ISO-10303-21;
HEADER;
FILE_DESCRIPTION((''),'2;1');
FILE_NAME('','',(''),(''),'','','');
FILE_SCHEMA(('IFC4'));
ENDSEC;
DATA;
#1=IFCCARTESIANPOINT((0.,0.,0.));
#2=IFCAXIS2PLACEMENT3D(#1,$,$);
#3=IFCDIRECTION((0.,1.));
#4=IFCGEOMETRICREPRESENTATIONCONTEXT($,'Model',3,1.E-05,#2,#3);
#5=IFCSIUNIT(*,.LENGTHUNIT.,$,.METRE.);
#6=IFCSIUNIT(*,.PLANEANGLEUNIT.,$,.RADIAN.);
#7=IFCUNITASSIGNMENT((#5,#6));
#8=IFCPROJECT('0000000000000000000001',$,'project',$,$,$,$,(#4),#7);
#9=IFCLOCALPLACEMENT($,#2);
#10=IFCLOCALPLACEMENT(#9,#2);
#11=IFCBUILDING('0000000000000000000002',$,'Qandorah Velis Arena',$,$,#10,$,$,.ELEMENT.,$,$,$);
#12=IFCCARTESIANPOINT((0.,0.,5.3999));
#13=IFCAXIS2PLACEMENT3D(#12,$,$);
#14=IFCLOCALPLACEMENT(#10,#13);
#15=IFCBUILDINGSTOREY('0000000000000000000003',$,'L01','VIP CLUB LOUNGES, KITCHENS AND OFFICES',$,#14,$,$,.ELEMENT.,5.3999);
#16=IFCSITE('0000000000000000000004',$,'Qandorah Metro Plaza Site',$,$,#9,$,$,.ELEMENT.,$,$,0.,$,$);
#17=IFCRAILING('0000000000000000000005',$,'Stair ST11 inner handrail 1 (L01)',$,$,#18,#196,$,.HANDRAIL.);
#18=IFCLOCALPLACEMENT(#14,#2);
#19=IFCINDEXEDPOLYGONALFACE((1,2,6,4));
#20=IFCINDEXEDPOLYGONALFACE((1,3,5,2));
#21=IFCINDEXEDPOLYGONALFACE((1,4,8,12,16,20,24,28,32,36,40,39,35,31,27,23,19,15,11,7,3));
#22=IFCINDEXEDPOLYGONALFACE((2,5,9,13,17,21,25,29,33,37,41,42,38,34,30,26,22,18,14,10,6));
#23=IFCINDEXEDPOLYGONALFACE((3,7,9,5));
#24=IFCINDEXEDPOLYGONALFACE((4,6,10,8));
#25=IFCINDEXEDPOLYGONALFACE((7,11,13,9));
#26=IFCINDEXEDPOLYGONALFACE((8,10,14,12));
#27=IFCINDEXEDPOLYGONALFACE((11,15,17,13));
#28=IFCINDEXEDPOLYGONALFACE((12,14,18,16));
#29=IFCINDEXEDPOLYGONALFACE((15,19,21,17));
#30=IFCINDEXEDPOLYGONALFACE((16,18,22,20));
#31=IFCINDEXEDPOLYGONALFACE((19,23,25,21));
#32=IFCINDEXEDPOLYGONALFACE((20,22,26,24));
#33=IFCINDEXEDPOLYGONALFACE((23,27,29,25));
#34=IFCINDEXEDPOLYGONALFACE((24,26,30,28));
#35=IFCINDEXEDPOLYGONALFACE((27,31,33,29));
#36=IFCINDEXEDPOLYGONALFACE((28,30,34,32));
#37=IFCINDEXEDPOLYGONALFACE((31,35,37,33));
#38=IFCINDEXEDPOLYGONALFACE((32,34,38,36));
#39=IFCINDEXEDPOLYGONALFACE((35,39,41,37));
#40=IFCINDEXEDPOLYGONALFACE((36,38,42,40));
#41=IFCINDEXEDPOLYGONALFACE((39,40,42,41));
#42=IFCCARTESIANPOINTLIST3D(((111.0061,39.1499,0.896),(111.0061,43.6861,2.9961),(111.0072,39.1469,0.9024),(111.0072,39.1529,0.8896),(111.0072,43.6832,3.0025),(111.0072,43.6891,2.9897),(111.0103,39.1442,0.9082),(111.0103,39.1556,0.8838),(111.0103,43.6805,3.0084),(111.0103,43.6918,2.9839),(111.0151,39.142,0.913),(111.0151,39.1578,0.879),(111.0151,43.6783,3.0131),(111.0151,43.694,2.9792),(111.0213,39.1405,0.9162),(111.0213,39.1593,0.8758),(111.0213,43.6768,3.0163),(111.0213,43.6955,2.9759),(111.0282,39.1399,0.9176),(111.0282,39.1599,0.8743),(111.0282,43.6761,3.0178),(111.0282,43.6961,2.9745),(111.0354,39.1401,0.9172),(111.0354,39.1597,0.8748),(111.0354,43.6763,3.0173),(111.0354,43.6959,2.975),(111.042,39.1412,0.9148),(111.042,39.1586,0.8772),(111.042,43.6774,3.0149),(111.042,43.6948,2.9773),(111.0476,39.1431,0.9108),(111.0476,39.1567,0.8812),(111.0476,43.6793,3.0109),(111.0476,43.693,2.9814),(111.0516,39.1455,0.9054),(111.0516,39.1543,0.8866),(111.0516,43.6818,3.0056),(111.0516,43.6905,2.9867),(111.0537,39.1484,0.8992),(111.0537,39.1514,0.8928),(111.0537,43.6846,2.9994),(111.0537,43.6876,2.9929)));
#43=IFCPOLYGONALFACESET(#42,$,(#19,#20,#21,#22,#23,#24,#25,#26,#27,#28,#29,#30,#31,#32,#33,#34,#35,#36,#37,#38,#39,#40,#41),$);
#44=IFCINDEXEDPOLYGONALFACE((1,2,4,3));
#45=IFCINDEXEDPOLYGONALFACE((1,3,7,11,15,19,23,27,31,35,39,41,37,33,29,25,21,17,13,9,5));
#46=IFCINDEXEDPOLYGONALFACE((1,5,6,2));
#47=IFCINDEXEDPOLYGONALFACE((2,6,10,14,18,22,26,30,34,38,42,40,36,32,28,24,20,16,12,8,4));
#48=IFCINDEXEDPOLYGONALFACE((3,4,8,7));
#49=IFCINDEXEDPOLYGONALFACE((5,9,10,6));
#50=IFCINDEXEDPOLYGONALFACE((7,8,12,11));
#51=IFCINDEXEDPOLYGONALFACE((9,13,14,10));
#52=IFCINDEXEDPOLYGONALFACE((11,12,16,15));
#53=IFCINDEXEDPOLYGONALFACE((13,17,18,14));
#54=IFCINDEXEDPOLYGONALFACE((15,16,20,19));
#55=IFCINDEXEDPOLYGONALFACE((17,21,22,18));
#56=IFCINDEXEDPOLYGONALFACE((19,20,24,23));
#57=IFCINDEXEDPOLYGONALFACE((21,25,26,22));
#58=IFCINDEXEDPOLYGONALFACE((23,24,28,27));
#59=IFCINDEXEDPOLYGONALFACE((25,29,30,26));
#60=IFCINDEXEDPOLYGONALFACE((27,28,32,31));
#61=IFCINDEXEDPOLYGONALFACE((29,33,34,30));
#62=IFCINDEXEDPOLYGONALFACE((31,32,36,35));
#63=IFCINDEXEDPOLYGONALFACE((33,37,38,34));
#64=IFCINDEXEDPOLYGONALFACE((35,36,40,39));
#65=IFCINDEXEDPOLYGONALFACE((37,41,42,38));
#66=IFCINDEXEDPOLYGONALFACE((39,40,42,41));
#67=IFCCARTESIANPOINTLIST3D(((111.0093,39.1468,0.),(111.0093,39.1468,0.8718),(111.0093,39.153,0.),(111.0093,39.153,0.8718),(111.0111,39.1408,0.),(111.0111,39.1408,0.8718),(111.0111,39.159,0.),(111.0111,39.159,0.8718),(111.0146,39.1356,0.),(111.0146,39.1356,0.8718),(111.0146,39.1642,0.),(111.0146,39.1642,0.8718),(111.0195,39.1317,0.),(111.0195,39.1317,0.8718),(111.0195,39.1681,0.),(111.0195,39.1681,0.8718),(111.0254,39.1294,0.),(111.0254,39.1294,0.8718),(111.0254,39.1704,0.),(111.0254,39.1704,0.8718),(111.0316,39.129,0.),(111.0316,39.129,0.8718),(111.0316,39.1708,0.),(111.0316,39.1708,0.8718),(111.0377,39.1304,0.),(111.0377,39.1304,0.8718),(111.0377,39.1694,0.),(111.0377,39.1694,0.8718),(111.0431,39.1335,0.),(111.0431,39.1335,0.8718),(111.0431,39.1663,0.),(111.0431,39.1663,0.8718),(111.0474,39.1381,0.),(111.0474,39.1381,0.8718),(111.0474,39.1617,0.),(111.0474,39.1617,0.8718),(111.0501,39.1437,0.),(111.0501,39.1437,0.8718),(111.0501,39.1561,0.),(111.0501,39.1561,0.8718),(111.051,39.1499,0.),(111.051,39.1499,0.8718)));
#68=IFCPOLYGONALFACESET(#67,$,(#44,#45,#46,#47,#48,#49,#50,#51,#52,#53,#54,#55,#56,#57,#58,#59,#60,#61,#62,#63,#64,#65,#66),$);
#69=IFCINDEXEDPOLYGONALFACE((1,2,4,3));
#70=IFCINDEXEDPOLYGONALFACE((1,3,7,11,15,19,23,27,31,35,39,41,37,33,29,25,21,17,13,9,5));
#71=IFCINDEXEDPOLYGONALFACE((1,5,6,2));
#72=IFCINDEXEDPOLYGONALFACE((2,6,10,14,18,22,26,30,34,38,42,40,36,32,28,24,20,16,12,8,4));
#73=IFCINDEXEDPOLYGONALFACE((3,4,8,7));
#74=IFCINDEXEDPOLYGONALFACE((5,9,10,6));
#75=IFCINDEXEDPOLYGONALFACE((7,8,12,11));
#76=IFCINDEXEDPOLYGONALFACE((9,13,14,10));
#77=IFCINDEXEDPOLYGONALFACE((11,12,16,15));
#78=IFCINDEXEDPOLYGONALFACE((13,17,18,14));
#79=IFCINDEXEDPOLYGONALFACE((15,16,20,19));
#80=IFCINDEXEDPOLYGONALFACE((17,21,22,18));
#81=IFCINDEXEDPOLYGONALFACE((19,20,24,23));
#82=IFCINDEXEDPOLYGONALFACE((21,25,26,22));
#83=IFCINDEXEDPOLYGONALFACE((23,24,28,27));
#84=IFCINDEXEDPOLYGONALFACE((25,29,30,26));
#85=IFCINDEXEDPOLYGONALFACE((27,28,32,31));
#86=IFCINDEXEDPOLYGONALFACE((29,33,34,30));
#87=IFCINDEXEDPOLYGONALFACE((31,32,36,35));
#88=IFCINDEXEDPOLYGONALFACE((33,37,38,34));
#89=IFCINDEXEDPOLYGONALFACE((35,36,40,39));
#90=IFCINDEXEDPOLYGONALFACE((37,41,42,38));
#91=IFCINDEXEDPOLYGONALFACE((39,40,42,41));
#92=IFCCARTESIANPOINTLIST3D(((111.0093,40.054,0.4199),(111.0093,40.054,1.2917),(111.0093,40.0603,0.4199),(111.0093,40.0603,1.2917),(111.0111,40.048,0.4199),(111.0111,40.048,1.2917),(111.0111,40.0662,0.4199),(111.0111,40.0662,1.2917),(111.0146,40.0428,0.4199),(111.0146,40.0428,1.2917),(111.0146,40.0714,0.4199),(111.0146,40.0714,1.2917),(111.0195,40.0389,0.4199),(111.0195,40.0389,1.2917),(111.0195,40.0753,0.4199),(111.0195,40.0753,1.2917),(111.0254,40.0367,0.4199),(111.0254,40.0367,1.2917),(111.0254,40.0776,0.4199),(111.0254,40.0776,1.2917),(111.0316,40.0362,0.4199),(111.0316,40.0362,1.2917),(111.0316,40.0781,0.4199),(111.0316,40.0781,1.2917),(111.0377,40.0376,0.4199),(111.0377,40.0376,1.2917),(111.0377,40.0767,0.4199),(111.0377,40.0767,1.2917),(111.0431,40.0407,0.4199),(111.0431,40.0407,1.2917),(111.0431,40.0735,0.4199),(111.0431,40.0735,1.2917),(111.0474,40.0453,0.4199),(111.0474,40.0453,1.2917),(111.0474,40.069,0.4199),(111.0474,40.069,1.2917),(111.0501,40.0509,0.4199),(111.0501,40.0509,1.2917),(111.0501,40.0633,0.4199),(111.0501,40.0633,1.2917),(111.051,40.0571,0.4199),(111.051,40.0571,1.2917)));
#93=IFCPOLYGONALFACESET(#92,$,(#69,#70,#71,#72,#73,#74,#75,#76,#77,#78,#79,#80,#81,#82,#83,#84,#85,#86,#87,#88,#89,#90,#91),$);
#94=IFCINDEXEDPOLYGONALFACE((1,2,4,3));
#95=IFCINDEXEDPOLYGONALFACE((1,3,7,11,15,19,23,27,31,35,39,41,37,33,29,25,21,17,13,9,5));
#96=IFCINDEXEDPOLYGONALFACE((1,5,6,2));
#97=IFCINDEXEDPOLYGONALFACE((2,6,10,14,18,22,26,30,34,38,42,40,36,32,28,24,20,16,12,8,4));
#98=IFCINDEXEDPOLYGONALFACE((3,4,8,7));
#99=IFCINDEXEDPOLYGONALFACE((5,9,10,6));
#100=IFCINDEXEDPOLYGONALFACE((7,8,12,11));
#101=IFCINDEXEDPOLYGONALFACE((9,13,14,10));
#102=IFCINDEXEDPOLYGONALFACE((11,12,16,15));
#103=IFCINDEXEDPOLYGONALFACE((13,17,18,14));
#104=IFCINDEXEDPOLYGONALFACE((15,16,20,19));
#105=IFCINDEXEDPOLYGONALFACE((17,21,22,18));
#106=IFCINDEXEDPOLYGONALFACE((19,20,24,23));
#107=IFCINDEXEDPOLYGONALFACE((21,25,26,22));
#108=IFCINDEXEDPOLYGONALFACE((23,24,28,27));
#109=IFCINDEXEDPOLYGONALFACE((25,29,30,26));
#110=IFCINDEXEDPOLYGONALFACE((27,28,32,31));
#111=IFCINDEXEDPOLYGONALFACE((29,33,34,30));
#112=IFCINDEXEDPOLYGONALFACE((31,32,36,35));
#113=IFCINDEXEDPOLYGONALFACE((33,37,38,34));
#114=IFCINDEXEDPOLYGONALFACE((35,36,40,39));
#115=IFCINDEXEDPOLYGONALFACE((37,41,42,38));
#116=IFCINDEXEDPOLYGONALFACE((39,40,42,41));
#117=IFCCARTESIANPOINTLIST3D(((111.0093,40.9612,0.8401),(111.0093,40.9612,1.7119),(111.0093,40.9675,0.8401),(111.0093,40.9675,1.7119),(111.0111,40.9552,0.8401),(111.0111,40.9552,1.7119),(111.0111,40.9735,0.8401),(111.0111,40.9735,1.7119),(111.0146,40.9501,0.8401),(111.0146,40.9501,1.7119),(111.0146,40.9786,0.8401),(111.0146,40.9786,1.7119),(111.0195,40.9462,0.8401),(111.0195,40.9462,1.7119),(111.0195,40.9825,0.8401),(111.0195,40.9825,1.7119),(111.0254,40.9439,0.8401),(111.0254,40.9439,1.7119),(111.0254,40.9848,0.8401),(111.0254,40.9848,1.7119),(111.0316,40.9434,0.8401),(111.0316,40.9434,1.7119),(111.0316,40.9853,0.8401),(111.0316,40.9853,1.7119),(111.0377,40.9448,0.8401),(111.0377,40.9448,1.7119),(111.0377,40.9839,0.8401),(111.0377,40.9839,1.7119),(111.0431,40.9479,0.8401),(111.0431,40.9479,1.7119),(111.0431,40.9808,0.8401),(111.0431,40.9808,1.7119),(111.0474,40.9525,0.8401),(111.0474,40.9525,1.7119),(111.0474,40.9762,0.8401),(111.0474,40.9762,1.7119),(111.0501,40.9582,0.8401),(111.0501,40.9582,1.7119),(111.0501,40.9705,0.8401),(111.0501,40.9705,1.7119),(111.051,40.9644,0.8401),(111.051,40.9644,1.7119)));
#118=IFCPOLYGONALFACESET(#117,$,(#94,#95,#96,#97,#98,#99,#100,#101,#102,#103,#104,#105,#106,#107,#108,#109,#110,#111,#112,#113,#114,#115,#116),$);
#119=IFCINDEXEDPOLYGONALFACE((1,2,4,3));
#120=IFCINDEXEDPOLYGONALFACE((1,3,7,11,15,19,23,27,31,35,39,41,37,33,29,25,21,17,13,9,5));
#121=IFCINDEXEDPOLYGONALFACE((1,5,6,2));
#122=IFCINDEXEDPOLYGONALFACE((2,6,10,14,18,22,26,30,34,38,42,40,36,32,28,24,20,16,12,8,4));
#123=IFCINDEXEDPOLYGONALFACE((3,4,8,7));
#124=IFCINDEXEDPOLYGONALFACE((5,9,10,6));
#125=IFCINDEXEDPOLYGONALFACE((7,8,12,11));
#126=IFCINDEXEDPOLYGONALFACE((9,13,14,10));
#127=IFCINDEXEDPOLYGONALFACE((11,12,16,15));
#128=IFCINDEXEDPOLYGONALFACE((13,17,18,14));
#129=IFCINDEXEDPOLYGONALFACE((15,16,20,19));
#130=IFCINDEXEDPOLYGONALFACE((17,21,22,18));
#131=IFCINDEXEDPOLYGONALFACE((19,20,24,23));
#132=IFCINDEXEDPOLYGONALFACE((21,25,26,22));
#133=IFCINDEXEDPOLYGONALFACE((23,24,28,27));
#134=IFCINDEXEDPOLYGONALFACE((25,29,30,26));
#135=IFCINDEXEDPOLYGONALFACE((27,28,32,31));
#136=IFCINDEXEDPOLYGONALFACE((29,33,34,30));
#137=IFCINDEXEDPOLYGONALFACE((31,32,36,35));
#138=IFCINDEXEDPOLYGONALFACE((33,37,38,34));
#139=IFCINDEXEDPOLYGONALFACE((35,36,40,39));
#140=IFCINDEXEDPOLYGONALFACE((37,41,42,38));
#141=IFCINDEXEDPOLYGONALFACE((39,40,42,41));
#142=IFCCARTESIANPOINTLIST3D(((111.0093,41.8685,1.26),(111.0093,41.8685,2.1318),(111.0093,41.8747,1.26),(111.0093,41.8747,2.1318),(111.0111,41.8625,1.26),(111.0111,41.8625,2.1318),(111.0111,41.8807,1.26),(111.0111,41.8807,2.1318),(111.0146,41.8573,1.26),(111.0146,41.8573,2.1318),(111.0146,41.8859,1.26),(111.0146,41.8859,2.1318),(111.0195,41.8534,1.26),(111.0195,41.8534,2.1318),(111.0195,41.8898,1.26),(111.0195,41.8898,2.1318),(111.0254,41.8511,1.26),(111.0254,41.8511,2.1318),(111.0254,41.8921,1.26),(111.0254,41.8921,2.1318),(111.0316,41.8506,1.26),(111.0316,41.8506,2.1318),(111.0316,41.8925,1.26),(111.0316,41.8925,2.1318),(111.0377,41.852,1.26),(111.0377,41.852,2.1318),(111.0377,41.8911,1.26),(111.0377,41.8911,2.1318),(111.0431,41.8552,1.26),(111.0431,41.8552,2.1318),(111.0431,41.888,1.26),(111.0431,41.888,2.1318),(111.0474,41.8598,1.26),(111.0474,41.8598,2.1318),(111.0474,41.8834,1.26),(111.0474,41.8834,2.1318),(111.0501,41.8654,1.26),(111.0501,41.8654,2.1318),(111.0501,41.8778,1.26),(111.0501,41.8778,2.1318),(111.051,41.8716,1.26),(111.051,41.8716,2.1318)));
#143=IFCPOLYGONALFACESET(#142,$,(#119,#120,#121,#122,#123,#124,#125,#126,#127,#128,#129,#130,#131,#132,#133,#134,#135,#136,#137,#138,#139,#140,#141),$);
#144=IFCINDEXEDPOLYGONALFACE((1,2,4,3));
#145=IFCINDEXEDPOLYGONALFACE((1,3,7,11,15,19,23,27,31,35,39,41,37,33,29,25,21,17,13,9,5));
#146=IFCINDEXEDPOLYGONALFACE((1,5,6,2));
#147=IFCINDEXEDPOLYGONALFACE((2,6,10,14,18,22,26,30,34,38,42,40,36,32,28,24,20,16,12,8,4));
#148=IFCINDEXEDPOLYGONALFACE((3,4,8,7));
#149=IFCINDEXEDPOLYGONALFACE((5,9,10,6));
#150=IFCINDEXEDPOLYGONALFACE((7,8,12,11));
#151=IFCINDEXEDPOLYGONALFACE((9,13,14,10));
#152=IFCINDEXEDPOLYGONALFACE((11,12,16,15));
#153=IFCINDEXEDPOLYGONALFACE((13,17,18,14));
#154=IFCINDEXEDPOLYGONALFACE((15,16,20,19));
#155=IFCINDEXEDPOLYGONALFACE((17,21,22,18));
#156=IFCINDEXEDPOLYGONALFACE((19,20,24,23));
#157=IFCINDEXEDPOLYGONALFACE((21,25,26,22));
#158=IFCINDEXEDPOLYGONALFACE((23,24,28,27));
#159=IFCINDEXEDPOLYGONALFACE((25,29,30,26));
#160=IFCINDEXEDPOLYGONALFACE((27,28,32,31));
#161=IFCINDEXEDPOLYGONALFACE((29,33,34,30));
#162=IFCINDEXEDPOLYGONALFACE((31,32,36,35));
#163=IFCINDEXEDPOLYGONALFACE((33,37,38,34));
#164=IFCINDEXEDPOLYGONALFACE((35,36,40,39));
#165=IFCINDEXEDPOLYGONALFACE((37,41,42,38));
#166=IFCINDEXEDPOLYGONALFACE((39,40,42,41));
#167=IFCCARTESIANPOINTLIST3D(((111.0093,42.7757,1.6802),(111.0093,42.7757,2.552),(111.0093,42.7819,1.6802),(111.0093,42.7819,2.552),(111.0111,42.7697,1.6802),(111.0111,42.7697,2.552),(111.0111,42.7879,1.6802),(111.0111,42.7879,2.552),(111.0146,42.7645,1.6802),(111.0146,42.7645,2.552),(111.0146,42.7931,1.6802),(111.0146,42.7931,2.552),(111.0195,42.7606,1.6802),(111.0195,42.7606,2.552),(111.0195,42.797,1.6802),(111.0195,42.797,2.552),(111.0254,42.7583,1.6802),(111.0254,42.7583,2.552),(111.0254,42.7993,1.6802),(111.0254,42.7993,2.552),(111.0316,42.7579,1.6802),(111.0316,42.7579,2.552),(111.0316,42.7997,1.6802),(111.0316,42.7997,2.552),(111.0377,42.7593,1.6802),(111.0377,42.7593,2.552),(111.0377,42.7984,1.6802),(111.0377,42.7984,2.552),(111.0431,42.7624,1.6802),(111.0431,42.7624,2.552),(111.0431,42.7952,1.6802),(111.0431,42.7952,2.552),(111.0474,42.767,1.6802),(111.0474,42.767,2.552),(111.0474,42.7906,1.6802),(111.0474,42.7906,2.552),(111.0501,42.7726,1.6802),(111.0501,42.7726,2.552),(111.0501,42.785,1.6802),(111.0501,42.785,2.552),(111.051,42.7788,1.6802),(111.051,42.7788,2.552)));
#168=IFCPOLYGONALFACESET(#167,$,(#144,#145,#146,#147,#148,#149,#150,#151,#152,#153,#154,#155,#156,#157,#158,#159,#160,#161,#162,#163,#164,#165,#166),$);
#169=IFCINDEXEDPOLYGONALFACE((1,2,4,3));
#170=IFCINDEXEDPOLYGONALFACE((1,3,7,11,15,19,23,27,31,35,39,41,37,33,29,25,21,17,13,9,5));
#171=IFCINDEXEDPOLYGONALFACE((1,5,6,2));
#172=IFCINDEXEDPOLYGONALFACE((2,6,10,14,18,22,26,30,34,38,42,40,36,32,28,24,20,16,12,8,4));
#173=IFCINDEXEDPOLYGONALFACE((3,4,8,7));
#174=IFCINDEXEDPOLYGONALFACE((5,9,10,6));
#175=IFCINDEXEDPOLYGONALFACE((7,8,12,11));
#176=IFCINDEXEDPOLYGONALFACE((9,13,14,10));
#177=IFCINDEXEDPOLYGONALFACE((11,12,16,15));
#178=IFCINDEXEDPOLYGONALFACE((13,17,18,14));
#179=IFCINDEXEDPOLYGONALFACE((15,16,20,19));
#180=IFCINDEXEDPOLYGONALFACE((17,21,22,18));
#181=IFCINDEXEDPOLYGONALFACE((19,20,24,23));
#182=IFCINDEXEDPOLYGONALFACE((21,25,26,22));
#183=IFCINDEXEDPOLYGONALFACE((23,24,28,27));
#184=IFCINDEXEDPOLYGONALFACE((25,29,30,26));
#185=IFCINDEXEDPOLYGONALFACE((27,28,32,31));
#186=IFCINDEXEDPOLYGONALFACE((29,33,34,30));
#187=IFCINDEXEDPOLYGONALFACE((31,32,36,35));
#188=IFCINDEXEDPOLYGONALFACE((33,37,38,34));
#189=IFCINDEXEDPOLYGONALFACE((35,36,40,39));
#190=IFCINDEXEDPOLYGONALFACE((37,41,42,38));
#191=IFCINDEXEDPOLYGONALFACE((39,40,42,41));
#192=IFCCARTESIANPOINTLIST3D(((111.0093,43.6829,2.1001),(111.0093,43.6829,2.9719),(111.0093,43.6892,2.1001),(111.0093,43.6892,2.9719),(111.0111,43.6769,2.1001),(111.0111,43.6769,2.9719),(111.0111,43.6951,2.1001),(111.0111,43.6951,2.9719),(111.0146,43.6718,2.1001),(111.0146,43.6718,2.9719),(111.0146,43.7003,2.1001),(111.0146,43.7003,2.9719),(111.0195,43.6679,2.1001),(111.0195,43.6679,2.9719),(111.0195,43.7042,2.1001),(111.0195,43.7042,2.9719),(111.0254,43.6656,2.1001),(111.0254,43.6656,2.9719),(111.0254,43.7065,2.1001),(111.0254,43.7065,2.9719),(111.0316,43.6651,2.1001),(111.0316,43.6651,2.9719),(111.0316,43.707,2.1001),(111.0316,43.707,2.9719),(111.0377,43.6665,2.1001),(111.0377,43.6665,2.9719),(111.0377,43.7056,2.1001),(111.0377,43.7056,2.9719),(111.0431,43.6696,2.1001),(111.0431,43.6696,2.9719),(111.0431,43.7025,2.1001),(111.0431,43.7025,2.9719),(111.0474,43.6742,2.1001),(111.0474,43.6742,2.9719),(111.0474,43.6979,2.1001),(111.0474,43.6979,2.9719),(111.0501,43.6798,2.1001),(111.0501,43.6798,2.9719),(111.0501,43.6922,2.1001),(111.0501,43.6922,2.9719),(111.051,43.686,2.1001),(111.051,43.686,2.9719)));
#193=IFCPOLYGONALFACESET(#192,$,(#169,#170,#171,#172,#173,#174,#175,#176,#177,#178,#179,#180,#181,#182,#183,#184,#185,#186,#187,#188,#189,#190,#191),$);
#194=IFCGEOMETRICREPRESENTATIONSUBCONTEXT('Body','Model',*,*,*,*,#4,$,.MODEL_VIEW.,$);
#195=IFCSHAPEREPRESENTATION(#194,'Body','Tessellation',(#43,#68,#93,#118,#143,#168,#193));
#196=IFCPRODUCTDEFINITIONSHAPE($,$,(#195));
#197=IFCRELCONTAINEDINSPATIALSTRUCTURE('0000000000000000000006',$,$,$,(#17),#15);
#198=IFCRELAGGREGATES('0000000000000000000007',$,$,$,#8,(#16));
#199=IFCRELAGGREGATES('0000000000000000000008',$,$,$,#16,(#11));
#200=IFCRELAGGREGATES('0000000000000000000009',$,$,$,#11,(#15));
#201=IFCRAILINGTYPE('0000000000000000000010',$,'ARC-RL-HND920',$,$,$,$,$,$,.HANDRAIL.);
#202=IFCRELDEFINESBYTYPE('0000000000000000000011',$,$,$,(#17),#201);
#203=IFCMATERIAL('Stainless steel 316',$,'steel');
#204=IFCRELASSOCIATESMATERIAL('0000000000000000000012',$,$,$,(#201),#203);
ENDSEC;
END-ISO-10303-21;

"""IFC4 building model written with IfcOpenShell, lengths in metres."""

from ifc_helpers import new_model, si_unit, direction, frame, origin, origin_2d, place, context, subcontext, project, spatial, circle, extrude, material, type_object, element, save


model = new_model("IFC4")

# Units and contexts
model_context = context("Model", 3, precision=1e-05, world=origin(), true_north=direction((0.0, 1.0)))
body_context = subcontext(model_context, "Body", "Model", "MODEL_VIEW")
ifc_project = project(units=[si_unit("LENGTHUNIT", "METRE"), si_unit("PLANEANGLEUNIT", "RADIAN")], contexts=[model_context])

# Site, building, storey
site_placement = place(None, origin())
site = spatial("IfcSite", under=ifc_project, at=site_placement, Name="Qandorah Metro Plaza Site", CompositionType="ELEMENT", RefElevation=0.0)
building_placement = place(site_placement, origin())
building = spatial("IfcBuilding", under=site, at=building_placement, Name="Qandorah Velis Arena", CompositionType="ELEMENT")
storey_placement = place(building_placement, frame((0.0, 0.0, 5.3999)))
storey = spatial("IfcBuildingStorey", under=building, at=storey_placement, Name="L01", Description="VIP CLUB LOUNGES, KITCHENS AND OFFICES", CompositionType="ELEMENT", Elevation=5.3999)

# Railing
ifc_material_1 = material(Name="Stainless steel 316", Category="steel")
railing_type_1 = type_object("IfcRailingType", Name="ARC-RL-HND920", PredefinedType="HANDRAIL", material=ifc_material_1)
railing_1_placement = place(storey_placement, frame((111.03, 39.1499, 0.0)))
element("IfcRailing", 1, at=railing_1_placement, inside=storey, type_object=railing_type_1, Name="Stair ST11 inner handrail 1 (L01)", PredefinedType="HANDRAIL", context=body_context, shape_type="SweptSolid", body=[
    extrude(circle(Radius=0.0239, at=origin_2d()), frame((0.0, 0.0, 0.896), z_axis=(0.0, 0.907464, 0.42013), x_axis=(-1.0, 0.0, 0.0)), (0.0, 0.0, 1.0), 4.9988),
    extrude(circle(Radius=0.021, at=origin_2d()), origin(), (0.0, 0.0, 1.0), 0.8718),
    extrude(circle(Radius=0.021, at=origin_2d()), frame((0.0, 0.9072, 0.4199)), (0.0, 0.0, 1.0), 0.8718),
    extrude(circle(Radius=0.021, at=origin_2d()), frame((0.0, 1.8145, 0.8401)), (0.0, 0.0, 1.0), 0.8718),
    extrude(circle(Radius=0.021, at=origin_2d()), frame((0.0, 2.7217, 1.26)), (0.0, 0.0, 1.0), 0.8718),
    extrude(circle(Radius=0.021, at=origin_2d()), frame((0.0, 3.6289, 1.6802)), (0.0, 0.0, 1.0), 0.8718),
    extrude(circle(Radius=0.021, at=origin_2d()), frame((0.0, 4.5361, 2.1001)), (0.0, 0.0, 1.0), 0.8718),
])

save(model, "model.ifc")
